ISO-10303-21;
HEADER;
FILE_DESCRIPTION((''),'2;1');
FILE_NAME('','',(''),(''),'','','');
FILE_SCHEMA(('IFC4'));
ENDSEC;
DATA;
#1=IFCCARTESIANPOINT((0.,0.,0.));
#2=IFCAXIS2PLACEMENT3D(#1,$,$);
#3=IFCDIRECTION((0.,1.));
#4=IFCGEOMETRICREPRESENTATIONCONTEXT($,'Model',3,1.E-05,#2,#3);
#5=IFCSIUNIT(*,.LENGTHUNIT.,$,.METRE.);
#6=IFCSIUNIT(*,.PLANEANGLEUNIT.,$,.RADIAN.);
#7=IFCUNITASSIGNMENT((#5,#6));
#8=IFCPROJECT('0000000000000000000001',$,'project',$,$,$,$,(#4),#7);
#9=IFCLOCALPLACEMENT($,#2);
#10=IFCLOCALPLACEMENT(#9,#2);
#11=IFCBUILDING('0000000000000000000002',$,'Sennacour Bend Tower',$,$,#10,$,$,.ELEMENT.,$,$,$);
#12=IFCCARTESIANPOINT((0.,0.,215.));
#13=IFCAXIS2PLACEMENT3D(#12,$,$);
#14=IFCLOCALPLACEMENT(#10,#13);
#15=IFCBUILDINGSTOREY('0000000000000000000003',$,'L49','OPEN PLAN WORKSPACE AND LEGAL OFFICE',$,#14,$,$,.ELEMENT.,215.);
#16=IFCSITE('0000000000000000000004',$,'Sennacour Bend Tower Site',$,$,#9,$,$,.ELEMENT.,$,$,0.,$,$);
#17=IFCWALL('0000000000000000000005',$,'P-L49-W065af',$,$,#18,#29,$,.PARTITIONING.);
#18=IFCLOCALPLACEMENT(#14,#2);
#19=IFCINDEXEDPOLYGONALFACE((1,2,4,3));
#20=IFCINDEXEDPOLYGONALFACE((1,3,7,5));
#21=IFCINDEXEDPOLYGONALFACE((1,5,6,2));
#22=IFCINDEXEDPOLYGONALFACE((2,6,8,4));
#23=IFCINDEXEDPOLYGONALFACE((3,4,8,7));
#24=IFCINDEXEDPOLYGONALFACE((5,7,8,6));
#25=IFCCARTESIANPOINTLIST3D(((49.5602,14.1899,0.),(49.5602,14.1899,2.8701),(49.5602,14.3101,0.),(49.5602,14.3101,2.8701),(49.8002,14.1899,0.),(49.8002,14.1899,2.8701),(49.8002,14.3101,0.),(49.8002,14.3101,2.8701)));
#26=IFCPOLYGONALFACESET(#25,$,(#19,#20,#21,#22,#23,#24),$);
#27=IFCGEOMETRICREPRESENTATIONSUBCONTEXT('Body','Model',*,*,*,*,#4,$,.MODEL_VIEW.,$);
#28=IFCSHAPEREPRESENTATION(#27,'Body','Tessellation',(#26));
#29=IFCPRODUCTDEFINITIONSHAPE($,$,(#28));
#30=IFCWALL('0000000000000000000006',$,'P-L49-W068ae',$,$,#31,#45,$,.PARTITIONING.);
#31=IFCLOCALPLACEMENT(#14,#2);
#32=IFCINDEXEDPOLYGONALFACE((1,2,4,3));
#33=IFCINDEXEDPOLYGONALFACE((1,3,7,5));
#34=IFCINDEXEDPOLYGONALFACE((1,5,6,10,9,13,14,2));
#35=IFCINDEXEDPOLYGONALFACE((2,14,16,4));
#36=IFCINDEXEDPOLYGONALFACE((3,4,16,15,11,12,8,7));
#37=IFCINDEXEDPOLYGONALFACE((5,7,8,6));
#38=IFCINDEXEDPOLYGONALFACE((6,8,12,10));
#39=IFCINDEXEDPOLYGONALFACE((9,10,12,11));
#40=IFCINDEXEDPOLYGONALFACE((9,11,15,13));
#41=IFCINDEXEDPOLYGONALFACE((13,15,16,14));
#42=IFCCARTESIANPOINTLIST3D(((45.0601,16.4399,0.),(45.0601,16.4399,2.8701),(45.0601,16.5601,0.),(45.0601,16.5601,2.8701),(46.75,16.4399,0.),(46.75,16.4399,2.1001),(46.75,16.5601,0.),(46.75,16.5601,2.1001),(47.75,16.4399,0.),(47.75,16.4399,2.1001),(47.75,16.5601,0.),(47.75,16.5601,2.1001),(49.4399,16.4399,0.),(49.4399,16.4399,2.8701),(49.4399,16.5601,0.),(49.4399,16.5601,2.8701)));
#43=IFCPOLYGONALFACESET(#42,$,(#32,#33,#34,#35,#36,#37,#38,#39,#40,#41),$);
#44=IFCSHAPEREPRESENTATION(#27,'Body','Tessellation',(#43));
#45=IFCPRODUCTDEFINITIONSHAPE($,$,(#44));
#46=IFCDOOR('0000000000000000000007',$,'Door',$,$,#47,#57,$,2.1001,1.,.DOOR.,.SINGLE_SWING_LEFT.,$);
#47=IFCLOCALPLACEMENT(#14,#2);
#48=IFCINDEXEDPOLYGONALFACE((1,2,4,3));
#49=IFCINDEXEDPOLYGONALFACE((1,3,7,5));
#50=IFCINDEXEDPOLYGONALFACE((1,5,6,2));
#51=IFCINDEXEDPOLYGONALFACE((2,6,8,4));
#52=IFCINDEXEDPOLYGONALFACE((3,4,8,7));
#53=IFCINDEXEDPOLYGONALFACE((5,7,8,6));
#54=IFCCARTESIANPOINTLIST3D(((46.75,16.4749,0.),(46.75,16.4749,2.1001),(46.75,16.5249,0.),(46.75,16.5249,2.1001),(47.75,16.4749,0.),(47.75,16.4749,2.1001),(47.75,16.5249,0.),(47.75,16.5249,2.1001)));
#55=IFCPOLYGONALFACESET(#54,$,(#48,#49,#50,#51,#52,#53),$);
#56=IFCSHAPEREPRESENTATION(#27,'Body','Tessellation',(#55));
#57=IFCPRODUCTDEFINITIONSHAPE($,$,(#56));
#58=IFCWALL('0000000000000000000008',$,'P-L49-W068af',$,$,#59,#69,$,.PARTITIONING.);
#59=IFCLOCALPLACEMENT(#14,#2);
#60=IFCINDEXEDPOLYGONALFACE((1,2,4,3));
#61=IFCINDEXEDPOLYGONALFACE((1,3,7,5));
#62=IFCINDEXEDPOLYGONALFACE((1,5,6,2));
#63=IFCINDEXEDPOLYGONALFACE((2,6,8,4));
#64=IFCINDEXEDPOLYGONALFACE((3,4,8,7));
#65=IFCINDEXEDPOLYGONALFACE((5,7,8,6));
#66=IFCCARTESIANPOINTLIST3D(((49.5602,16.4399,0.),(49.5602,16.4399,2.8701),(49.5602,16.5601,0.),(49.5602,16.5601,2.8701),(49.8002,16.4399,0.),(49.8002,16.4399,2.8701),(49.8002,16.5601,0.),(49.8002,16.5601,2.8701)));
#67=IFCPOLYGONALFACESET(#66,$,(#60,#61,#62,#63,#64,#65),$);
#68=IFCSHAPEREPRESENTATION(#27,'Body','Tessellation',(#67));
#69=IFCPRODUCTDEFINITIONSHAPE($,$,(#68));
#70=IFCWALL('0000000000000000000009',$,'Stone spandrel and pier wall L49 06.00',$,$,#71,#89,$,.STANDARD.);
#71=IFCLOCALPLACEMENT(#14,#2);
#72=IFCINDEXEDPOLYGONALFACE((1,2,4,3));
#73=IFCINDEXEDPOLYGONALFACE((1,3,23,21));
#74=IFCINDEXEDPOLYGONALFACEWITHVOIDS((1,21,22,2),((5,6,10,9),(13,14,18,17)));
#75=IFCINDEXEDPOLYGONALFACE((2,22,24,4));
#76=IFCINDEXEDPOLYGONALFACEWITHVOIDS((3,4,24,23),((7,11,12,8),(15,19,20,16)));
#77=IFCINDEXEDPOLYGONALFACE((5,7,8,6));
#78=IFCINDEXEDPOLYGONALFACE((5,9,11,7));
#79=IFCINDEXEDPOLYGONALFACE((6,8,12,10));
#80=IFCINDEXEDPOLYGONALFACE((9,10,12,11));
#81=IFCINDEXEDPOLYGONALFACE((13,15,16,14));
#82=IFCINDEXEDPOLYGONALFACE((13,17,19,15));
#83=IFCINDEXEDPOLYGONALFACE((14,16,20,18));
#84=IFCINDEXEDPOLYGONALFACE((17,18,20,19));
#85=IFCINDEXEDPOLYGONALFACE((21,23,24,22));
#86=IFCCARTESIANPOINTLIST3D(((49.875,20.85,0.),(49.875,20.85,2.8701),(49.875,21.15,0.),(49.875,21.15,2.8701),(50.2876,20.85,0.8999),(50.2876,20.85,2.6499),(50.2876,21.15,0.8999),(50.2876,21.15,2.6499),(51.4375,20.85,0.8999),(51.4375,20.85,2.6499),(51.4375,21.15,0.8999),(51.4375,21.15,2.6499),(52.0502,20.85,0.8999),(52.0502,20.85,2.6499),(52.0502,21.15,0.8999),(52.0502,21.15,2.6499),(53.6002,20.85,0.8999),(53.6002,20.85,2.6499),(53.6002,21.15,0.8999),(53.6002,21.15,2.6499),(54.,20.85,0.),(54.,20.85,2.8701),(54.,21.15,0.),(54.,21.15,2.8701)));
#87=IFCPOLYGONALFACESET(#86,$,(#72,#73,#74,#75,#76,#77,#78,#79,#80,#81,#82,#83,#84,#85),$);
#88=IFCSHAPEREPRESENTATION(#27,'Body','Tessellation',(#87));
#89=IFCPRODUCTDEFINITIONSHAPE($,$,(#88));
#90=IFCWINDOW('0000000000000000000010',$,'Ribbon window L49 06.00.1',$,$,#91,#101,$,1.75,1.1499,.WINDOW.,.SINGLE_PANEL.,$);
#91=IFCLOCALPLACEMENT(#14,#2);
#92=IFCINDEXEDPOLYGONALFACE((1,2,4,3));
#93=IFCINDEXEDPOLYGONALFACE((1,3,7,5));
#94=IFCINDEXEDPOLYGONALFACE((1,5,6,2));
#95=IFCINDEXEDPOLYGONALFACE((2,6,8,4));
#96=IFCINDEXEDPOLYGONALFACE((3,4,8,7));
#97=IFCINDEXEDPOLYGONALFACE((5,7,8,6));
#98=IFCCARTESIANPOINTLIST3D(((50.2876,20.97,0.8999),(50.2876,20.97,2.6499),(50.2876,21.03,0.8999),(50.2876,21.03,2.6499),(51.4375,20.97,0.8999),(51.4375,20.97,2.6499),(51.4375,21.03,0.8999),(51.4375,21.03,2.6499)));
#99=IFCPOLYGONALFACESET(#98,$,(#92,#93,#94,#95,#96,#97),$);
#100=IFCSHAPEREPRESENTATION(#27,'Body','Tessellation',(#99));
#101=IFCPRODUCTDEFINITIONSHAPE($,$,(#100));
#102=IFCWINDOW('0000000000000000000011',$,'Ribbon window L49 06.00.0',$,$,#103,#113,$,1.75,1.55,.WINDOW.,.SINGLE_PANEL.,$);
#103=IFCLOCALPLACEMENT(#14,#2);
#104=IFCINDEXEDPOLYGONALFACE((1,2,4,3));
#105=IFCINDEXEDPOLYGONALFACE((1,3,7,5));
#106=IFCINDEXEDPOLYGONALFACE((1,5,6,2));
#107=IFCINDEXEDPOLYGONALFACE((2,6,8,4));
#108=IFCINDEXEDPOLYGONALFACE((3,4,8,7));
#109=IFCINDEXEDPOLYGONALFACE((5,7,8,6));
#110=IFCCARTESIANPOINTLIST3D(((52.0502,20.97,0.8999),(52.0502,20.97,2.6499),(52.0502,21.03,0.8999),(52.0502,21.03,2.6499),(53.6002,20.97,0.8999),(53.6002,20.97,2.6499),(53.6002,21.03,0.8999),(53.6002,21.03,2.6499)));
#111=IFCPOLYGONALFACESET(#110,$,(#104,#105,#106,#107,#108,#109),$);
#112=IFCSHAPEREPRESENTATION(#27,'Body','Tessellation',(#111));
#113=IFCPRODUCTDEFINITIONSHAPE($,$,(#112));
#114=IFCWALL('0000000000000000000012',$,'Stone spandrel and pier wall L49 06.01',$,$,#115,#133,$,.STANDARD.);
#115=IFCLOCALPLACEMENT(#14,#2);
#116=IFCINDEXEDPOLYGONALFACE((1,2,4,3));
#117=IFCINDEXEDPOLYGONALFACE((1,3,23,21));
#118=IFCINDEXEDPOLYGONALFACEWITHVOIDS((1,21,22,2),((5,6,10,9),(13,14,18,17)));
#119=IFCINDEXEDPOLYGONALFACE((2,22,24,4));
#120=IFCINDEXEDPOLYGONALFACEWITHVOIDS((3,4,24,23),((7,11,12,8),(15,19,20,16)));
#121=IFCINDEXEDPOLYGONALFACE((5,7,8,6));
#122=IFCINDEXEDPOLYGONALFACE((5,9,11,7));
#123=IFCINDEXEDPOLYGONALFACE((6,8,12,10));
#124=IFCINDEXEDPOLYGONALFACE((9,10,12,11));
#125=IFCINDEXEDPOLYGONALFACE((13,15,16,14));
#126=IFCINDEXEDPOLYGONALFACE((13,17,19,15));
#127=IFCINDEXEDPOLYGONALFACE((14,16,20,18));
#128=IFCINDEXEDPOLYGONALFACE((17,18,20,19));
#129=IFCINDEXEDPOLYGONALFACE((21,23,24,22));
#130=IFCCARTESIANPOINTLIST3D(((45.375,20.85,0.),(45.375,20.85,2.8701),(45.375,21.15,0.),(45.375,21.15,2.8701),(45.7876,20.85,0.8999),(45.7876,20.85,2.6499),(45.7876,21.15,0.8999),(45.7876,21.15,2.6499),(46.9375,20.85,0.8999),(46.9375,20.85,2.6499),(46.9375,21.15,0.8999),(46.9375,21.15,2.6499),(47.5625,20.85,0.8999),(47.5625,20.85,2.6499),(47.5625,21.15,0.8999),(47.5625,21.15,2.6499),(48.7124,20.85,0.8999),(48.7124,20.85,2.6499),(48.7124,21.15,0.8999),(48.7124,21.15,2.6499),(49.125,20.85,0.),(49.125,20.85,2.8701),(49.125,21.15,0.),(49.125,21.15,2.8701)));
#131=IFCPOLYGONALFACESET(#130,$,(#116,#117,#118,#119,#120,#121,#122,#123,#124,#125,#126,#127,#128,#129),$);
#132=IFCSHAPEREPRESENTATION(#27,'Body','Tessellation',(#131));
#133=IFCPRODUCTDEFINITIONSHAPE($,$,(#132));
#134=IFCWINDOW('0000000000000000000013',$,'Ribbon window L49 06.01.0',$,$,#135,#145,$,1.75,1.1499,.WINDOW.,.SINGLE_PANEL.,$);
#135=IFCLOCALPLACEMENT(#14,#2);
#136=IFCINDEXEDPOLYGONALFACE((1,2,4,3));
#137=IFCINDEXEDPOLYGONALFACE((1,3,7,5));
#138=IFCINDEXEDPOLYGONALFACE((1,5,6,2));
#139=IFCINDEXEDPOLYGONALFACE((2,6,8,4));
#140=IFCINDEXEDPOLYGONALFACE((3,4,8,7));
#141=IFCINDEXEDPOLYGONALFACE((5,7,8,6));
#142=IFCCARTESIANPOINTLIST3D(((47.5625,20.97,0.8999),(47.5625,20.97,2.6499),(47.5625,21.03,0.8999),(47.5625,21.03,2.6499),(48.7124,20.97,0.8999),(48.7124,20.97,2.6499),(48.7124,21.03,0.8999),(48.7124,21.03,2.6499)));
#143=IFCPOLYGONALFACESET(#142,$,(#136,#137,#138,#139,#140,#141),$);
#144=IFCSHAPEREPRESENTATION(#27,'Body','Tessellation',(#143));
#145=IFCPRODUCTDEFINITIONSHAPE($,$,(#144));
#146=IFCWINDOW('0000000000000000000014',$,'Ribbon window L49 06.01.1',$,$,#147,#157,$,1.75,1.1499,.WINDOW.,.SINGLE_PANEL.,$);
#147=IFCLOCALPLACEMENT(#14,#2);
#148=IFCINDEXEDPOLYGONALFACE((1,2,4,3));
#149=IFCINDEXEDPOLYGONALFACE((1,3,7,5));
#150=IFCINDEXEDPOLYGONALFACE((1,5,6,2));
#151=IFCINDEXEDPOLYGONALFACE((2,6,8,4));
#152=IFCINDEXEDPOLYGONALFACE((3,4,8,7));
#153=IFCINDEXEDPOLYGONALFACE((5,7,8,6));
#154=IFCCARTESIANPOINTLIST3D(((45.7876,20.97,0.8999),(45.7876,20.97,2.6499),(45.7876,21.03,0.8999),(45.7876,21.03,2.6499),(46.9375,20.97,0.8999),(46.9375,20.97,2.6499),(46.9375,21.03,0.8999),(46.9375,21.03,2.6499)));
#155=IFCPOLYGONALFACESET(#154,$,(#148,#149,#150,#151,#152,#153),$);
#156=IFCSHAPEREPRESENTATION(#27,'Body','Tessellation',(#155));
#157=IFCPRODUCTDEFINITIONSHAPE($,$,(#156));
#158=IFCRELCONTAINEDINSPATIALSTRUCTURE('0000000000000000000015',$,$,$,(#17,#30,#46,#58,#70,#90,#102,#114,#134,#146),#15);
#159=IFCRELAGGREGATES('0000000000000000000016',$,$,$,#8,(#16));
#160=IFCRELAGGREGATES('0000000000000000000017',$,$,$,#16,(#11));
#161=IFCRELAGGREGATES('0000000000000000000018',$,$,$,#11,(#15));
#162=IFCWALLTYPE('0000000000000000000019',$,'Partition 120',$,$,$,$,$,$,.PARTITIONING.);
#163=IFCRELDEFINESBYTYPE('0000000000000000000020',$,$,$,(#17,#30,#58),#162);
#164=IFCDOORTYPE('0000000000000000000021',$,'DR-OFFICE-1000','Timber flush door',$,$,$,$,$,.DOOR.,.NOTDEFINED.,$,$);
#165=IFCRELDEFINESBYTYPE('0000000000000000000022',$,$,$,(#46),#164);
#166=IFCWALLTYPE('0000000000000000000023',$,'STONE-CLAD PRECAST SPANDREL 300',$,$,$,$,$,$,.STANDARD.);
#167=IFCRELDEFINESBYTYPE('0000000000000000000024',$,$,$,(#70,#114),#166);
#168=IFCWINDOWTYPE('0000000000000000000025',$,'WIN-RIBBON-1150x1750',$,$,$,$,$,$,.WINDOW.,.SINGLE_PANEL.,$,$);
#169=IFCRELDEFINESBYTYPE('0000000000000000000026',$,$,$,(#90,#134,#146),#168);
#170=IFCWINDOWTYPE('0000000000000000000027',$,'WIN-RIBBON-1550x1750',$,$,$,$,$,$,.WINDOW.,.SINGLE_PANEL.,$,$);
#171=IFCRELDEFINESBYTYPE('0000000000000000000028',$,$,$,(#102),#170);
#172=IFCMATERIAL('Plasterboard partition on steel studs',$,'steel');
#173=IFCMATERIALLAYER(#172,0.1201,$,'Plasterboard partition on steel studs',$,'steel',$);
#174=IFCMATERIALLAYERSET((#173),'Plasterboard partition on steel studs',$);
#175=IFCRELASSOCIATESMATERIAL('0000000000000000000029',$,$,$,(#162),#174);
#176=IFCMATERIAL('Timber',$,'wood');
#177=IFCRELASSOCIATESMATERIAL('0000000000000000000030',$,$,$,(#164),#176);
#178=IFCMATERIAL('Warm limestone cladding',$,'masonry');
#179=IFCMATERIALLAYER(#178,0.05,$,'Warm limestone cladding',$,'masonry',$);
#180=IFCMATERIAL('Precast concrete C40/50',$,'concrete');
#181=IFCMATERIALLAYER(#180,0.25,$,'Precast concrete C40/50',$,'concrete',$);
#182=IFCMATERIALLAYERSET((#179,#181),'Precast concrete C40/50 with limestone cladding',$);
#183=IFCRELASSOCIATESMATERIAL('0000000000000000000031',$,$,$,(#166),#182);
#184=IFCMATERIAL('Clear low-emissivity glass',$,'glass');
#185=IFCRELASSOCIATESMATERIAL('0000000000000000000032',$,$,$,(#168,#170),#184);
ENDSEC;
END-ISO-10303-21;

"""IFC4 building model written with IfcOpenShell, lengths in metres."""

from ifc_helpers import new_model, si_unit, direction, frame, frame_2d, origin, place, context, subcontext, project, spatial, rectangle, extrude, material, layer, layer_set, type_object, element, fill, save


model = new_model("IFC4")

# Units and contexts
model_context = context("Model", 3, precision=1e-05, world=origin(), true_north=direction((0.0, 1.0)))
body_context = subcontext(model_context, "Body", "Model", "MODEL_VIEW")
ifc_project = project(units=[si_unit("LENGTHUNIT", "METRE"), si_unit("PLANEANGLEUNIT", "RADIAN")], contexts=[model_context])

# Site, building, storey
site_placement = place(None, origin())
site = spatial("IfcSite", under=ifc_project, at=site_placement, Name="Sennacour Bend Tower Site", CompositionType="ELEMENT", RefElevation=0.0)
building_placement = place(site_placement, origin())
building = spatial("IfcBuilding", under=site, at=building_placement, Name="Sennacour Bend Tower", CompositionType="ELEMENT")
storey_placement = place(building_placement, frame((0.0, 0.0, 215.0)))
storey = spatial("IfcBuildingStorey", under=building, at=storey_placement, Name="L49", Description="OPEN PLAN WORKSPACE AND LEGAL OFFICE", CompositionType="ELEMENT", Elevation=215.0)

# Wall
ifc_material_1 = material(Name="Plasterboard partition on steel studs", Category="steel")
ifc_layer_1 = layer(ifc_material_1, 0.1201, Name="Plasterboard partition on steel studs", Category="steel")
ifc_layer_set_1 = layer_set([ifc_layer_1], Name="Plasterboard partition on steel studs")
wall_type_1 = type_object("IfcWallType", Name="Partition 120", PredefinedType="PARTITIONING", material=ifc_layer_set_1)
wall_1_placement = place(storey_placement, frame((49.5601, 14.25, 0.0), z_axis=(0.0, 0.0, 1.0), x_axis=(1.0, 0.0, 0.0)))
element("IfcWall", 1, at=wall_1_placement, inside=storey, type_object=wall_type_1, Name="P-L49-W065af", PredefinedType="PARTITIONING", context=body_context, shape_type="SweptSolid", body=[
    extrude(rectangle(XDim=0.24, YDim=0.1201, at=frame_2d((0.1201, 0.0))), origin(), (0.0, 0.0, 1.0), 2.8701),
])

# Wall, opening, door
wall_2_placement = place(storey_placement, frame((45.0601, 16.5, 0.0), z_axis=(0.0, 0.0, 1.0), x_axis=(1.0, 0.0, 0.0)))
wall_2 = element("IfcWall", 2, at=wall_2_placement, inside=storey, type_object=wall_type_1, Name="P-L49-W068ae", PredefinedType="PARTITIONING", context=body_context, shape_type="SweptSolid", body=[
    extrude(rectangle(XDim=4.3799, YDim=0.1201, at=frame_2d((2.1899, 0.0))), origin(), (0.0, 0.0, 1.0), 2.8701),
])
opening_1_placement = place(wall_2_placement, frame((1.6899, 0.0, 0.0)))
opening_1 = element("IfcOpeningElement", 3, at=opening_1_placement, cuts=wall_2, PredefinedType="OPENING", context=body_context, shape_type="SweptSolid", body=[
    extrude(rectangle(XDim=1.0, YDim=2.1001, at=frame_2d((0.5, 1.05))), frame((0.0, 0.0701, 0.0), z_axis=(0.0, -1.0, 0.0), x_axis=(1.0, 0.0, 0.0)), (0.0, 0.0, 1.0), 0.1401),
])
ifc_material_2 = material(Name="Timber", Category="wood")
door_type_1 = type_object("IfcDoorType", Name="DR-OFFICE-1000", Description="Timber flush door", OperationType="NOTDEFINED", PredefinedType="DOOR", material=ifc_material_2)
door_1_placement = place(opening_1_placement, origin())
door_1 = element("IfcDoor", 4, at=door_1_placement, inside=storey, type_object=door_type_1, Name="Door", OperationType="SINGLE_SWING_LEFT", OverallHeight=2.1001, OverallWidth=1.0, PredefinedType="DOOR", context=body_context, shape_type="SweptSolid", body=[
    extrude(rectangle(XDim=1.0, YDim=2.1001, at=frame_2d((0.5, 1.05))), frame((0.0, 0.0249, 0.0), z_axis=(0.0, -1.0, 0.0), x_axis=(1.0, 0.0, 0.0)), (0.0, 0.0, 1.0), 0.05),
])
fill(opening_1, door_1)

# Wall
wall_3_placement = place(storey_placement, frame((49.5601, 16.5, 0.0), z_axis=(0.0, 0.0, 1.0), x_axis=(1.0, 0.0, 0.0)))
element("IfcWall", 5, at=wall_3_placement, inside=storey, type_object=wall_type_1, Name="P-L49-W068af", PredefinedType="PARTITIONING", context=body_context, shape_type="SweptSolid", body=[
    extrude(rectangle(XDim=0.24, YDim=0.1201, at=frame_2d((0.1201, 0.0))), origin(), (0.0, 0.0, 1.0), 2.8701),
])

# Walls, openings, windows
ifc_material_3 = material(Name="Warm limestone cladding", Category="masonry")
ifc_layer_2 = layer(ifc_material_3, 0.05, Name="Warm limestone cladding", Category="masonry")
ifc_material_4 = material(Name="Precast concrete C40/50", Category="concrete")
ifc_layer_3 = layer(ifc_material_4, 0.25, Name="Precast concrete C40/50", Category="concrete")
ifc_layer_set_2 = layer_set([ifc_layer_2, ifc_layer_3], Name="Precast concrete C40/50 with limestone cladding")
wall_type_2 = type_object("IfcWallType", Name="STONE-CLAD PRECAST SPANDREL 300", PredefinedType="STANDARD", material=ifc_layer_set_2)
wall_4_placement = place(storey_placement, frame((54.0, 21.0, 0.0), z_axis=(0.0, 0.0, 1.0), x_axis=(-1.0, 0.0, 0.0)))
wall_4 = element("IfcWall", 6, at=wall_4_placement, inside=storey, type_object=wall_type_2, Name="Stone spandrel and pier wall L49 06.00", PredefinedType="STANDARD", context=body_context, shape_type="SweptSolid", body=[
    extrude(rectangle(XDim=4.125, YDim=0.3, at=frame_2d((2.0625, 0.0))), origin(), (0.0, 0.0, 1.0), 2.8701),
])
opening_2_placement = place(wall_4_placement, frame((0.3999, 0.0, 0.8999)))
opening_2 = element("IfcOpeningElement", 7, at=opening_2_placement, cuts=wall_4, PredefinedType="OPENING", context=body_context, shape_type="SweptSolid", body=[
    extrude(rectangle(XDim=1.55, YDim=1.75, at=frame_2d((0.7749, 0.875))), frame((0.0, 0.1602, 0.0), z_axis=(0.0, -1.0, 0.0), x_axis=(1.0, 0.0, 0.0)), (0.0, 0.0, 1.0), 0.3201),
])
opening_3_placement = place(wall_4_placement, frame((2.5625, 0.0, 0.8999)))
opening_3 = element("IfcOpeningElement", 8, at=opening_3_placement, cuts=wall_4, PredefinedType="OPENING", context=body_context, shape_type="SweptSolid", body=[
    extrude(rectangle(XDim=1.1499, YDim=1.75, at=frame_2d((0.575, 0.875))), frame((0.0, 0.1602, 0.0), z_axis=(0.0, -1.0, 0.0), x_axis=(1.0, 0.0, 0.0)), (0.0, 0.0, 1.0), 0.3201),
])
ifc_material_5 = material(Name="Clear low-emissivity glass", Category="glass")
window_type_1 = type_object("IfcWindowType", Name="WIN-RIBBON-1150x1750", PartitioningType="SINGLE_PANEL", PredefinedType="WINDOW", material=ifc_material_5)
window_1_placement = place(opening_3_placement, origin())
window_1 = element("IfcWindow", 9, at=window_1_placement, inside=storey, type_object=window_type_1, Name="Ribbon window L49 06.00.1", OverallHeight=1.75, OverallWidth=1.1499, PartitioningType="SINGLE_PANEL", PredefinedType="WINDOW", context=body_context, shape_type="SweptSolid", body=[
    extrude(rectangle(XDim=1.1499, YDim=1.75, at=frame_2d((0.575, 0.875))), frame((0.0, 0.03, 0.0), z_axis=(0.0, -1.0, 0.0), x_axis=(1.0, 0.0, 0.0)), (0.0, 0.0, 1.0), 0.0601),
])
fill(opening_3, window_1)
window_type_2 = type_object("IfcWindowType", Name="WIN-RIBBON-1550x1750", PartitioningType="SINGLE_PANEL", PredefinedType="WINDOW", material=ifc_material_5)
window_2_placement = place(opening_2_placement, origin())
window_2 = element("IfcWindow", 10, at=window_2_placement, inside=storey, type_object=window_type_2, Name="Ribbon window L49 06.00.0", OverallHeight=1.75, OverallWidth=1.55, PartitioningType="SINGLE_PANEL", PredefinedType="WINDOW", context=body_context, shape_type="SweptSolid", body=[
    extrude(rectangle(XDim=1.55, YDim=1.75, at=frame_2d((0.7749, 0.875))), frame((0.0, 0.03, 0.0), z_axis=(0.0, -1.0, 0.0), x_axis=(1.0, 0.0, 0.0)), (0.0, 0.0, 1.0), 0.0601),
])
fill(opening_2, window_2)
wall_5_placement = place(storey_placement, frame((49.125, 21.0, 0.0), z_axis=(0.0, 0.0, 1.0), x_axis=(-1.0, 0.0, 0.0)))
wall_5 = element("IfcWall", 11, at=wall_5_placement, inside=storey, type_object=wall_type_2, Name="Stone spandrel and pier wall L49 06.01", PredefinedType="STANDARD", context=body_context, shape_type="SweptSolid", body=[
    extrude(rectangle(XDim=3.75, YDim=0.3, at=frame_2d((1.875, 0.0))), origin(), (0.0, 0.0, 1.0), 2.8701),
])
opening_4_placement = place(wall_5_placement, frame((0.4126, 0.0, 0.8999)))
opening_4 = element("IfcOpeningElement", 12, at=opening_4_placement, cuts=wall_5, PredefinedType="OPENING", context=body_context, shape_type="SweptSolid", body=[
    extrude(rectangle(XDim=1.1499, YDim=1.75, at=frame_2d((0.575, 0.875))), frame((0.0, 0.1602, 0.0), z_axis=(0.0, -1.0, 0.0), x_axis=(1.0, 0.0, 0.0)), (0.0, 0.0, 1.0), 0.3201),
])
opening_5_placement = place(wall_5_placement, frame((2.1875, 0.0, 0.8999)))
opening_5 = element("IfcOpeningElement", 13, at=opening_5_placement, cuts=wall_5, PredefinedType="OPENING", context=body_context, shape_type="SweptSolid", body=[
    extrude(rectangle(XDim=1.1499, YDim=1.75, at=frame_2d((0.575, 0.875))), frame((0.0, 0.1602, 0.0), z_axis=(0.0, -1.0, 0.0), x_axis=(1.0, 0.0, 0.0)), (0.0, 0.0, 1.0), 0.3201),
])
window_3_placement = place(opening_4_placement, origin())
window_3 = element("IfcWindow", 14, at=window_3_placement, inside=storey, type_object=window_type_1, Name="Ribbon window L49 06.01.0", OverallHeight=1.75, OverallWidth=1.1499, PartitioningType="SINGLE_PANEL", PredefinedType="WINDOW", context=body_context, shape_type="SweptSolid", body=[
    extrude(rectangle(XDim=1.1499, YDim=1.75, at=frame_2d((0.575, 0.875))), frame((0.0, 0.03, 0.0), z_axis=(0.0, -1.0, 0.0), x_axis=(1.0, 0.0, 0.0)), (0.0, 0.0, 1.0), 0.0601),
])
fill(opening_4, window_3)
window_4_placement = place(opening_5_placement, origin())
window_4 = element("IfcWindow", 15, at=window_4_placement, inside=storey, type_object=window_type_1, Name="Ribbon window L49 06.01.1", OverallHeight=1.75, OverallWidth=1.1499, PartitioningType="SINGLE_PANEL", PredefinedType="WINDOW", context=body_context, shape_type="SweptSolid", body=[
    extrude(rectangle(XDim=1.1499, YDim=1.75, at=frame_2d((0.575, 0.875))), frame((0.0, 0.03, 0.0), z_axis=(0.0, -1.0, 0.0), x_axis=(1.0, 0.0, 0.0)), (0.0, 0.0, 1.0), 0.0601),
])
fill(opening_5, window_4)

save(model, "model.ifc")
